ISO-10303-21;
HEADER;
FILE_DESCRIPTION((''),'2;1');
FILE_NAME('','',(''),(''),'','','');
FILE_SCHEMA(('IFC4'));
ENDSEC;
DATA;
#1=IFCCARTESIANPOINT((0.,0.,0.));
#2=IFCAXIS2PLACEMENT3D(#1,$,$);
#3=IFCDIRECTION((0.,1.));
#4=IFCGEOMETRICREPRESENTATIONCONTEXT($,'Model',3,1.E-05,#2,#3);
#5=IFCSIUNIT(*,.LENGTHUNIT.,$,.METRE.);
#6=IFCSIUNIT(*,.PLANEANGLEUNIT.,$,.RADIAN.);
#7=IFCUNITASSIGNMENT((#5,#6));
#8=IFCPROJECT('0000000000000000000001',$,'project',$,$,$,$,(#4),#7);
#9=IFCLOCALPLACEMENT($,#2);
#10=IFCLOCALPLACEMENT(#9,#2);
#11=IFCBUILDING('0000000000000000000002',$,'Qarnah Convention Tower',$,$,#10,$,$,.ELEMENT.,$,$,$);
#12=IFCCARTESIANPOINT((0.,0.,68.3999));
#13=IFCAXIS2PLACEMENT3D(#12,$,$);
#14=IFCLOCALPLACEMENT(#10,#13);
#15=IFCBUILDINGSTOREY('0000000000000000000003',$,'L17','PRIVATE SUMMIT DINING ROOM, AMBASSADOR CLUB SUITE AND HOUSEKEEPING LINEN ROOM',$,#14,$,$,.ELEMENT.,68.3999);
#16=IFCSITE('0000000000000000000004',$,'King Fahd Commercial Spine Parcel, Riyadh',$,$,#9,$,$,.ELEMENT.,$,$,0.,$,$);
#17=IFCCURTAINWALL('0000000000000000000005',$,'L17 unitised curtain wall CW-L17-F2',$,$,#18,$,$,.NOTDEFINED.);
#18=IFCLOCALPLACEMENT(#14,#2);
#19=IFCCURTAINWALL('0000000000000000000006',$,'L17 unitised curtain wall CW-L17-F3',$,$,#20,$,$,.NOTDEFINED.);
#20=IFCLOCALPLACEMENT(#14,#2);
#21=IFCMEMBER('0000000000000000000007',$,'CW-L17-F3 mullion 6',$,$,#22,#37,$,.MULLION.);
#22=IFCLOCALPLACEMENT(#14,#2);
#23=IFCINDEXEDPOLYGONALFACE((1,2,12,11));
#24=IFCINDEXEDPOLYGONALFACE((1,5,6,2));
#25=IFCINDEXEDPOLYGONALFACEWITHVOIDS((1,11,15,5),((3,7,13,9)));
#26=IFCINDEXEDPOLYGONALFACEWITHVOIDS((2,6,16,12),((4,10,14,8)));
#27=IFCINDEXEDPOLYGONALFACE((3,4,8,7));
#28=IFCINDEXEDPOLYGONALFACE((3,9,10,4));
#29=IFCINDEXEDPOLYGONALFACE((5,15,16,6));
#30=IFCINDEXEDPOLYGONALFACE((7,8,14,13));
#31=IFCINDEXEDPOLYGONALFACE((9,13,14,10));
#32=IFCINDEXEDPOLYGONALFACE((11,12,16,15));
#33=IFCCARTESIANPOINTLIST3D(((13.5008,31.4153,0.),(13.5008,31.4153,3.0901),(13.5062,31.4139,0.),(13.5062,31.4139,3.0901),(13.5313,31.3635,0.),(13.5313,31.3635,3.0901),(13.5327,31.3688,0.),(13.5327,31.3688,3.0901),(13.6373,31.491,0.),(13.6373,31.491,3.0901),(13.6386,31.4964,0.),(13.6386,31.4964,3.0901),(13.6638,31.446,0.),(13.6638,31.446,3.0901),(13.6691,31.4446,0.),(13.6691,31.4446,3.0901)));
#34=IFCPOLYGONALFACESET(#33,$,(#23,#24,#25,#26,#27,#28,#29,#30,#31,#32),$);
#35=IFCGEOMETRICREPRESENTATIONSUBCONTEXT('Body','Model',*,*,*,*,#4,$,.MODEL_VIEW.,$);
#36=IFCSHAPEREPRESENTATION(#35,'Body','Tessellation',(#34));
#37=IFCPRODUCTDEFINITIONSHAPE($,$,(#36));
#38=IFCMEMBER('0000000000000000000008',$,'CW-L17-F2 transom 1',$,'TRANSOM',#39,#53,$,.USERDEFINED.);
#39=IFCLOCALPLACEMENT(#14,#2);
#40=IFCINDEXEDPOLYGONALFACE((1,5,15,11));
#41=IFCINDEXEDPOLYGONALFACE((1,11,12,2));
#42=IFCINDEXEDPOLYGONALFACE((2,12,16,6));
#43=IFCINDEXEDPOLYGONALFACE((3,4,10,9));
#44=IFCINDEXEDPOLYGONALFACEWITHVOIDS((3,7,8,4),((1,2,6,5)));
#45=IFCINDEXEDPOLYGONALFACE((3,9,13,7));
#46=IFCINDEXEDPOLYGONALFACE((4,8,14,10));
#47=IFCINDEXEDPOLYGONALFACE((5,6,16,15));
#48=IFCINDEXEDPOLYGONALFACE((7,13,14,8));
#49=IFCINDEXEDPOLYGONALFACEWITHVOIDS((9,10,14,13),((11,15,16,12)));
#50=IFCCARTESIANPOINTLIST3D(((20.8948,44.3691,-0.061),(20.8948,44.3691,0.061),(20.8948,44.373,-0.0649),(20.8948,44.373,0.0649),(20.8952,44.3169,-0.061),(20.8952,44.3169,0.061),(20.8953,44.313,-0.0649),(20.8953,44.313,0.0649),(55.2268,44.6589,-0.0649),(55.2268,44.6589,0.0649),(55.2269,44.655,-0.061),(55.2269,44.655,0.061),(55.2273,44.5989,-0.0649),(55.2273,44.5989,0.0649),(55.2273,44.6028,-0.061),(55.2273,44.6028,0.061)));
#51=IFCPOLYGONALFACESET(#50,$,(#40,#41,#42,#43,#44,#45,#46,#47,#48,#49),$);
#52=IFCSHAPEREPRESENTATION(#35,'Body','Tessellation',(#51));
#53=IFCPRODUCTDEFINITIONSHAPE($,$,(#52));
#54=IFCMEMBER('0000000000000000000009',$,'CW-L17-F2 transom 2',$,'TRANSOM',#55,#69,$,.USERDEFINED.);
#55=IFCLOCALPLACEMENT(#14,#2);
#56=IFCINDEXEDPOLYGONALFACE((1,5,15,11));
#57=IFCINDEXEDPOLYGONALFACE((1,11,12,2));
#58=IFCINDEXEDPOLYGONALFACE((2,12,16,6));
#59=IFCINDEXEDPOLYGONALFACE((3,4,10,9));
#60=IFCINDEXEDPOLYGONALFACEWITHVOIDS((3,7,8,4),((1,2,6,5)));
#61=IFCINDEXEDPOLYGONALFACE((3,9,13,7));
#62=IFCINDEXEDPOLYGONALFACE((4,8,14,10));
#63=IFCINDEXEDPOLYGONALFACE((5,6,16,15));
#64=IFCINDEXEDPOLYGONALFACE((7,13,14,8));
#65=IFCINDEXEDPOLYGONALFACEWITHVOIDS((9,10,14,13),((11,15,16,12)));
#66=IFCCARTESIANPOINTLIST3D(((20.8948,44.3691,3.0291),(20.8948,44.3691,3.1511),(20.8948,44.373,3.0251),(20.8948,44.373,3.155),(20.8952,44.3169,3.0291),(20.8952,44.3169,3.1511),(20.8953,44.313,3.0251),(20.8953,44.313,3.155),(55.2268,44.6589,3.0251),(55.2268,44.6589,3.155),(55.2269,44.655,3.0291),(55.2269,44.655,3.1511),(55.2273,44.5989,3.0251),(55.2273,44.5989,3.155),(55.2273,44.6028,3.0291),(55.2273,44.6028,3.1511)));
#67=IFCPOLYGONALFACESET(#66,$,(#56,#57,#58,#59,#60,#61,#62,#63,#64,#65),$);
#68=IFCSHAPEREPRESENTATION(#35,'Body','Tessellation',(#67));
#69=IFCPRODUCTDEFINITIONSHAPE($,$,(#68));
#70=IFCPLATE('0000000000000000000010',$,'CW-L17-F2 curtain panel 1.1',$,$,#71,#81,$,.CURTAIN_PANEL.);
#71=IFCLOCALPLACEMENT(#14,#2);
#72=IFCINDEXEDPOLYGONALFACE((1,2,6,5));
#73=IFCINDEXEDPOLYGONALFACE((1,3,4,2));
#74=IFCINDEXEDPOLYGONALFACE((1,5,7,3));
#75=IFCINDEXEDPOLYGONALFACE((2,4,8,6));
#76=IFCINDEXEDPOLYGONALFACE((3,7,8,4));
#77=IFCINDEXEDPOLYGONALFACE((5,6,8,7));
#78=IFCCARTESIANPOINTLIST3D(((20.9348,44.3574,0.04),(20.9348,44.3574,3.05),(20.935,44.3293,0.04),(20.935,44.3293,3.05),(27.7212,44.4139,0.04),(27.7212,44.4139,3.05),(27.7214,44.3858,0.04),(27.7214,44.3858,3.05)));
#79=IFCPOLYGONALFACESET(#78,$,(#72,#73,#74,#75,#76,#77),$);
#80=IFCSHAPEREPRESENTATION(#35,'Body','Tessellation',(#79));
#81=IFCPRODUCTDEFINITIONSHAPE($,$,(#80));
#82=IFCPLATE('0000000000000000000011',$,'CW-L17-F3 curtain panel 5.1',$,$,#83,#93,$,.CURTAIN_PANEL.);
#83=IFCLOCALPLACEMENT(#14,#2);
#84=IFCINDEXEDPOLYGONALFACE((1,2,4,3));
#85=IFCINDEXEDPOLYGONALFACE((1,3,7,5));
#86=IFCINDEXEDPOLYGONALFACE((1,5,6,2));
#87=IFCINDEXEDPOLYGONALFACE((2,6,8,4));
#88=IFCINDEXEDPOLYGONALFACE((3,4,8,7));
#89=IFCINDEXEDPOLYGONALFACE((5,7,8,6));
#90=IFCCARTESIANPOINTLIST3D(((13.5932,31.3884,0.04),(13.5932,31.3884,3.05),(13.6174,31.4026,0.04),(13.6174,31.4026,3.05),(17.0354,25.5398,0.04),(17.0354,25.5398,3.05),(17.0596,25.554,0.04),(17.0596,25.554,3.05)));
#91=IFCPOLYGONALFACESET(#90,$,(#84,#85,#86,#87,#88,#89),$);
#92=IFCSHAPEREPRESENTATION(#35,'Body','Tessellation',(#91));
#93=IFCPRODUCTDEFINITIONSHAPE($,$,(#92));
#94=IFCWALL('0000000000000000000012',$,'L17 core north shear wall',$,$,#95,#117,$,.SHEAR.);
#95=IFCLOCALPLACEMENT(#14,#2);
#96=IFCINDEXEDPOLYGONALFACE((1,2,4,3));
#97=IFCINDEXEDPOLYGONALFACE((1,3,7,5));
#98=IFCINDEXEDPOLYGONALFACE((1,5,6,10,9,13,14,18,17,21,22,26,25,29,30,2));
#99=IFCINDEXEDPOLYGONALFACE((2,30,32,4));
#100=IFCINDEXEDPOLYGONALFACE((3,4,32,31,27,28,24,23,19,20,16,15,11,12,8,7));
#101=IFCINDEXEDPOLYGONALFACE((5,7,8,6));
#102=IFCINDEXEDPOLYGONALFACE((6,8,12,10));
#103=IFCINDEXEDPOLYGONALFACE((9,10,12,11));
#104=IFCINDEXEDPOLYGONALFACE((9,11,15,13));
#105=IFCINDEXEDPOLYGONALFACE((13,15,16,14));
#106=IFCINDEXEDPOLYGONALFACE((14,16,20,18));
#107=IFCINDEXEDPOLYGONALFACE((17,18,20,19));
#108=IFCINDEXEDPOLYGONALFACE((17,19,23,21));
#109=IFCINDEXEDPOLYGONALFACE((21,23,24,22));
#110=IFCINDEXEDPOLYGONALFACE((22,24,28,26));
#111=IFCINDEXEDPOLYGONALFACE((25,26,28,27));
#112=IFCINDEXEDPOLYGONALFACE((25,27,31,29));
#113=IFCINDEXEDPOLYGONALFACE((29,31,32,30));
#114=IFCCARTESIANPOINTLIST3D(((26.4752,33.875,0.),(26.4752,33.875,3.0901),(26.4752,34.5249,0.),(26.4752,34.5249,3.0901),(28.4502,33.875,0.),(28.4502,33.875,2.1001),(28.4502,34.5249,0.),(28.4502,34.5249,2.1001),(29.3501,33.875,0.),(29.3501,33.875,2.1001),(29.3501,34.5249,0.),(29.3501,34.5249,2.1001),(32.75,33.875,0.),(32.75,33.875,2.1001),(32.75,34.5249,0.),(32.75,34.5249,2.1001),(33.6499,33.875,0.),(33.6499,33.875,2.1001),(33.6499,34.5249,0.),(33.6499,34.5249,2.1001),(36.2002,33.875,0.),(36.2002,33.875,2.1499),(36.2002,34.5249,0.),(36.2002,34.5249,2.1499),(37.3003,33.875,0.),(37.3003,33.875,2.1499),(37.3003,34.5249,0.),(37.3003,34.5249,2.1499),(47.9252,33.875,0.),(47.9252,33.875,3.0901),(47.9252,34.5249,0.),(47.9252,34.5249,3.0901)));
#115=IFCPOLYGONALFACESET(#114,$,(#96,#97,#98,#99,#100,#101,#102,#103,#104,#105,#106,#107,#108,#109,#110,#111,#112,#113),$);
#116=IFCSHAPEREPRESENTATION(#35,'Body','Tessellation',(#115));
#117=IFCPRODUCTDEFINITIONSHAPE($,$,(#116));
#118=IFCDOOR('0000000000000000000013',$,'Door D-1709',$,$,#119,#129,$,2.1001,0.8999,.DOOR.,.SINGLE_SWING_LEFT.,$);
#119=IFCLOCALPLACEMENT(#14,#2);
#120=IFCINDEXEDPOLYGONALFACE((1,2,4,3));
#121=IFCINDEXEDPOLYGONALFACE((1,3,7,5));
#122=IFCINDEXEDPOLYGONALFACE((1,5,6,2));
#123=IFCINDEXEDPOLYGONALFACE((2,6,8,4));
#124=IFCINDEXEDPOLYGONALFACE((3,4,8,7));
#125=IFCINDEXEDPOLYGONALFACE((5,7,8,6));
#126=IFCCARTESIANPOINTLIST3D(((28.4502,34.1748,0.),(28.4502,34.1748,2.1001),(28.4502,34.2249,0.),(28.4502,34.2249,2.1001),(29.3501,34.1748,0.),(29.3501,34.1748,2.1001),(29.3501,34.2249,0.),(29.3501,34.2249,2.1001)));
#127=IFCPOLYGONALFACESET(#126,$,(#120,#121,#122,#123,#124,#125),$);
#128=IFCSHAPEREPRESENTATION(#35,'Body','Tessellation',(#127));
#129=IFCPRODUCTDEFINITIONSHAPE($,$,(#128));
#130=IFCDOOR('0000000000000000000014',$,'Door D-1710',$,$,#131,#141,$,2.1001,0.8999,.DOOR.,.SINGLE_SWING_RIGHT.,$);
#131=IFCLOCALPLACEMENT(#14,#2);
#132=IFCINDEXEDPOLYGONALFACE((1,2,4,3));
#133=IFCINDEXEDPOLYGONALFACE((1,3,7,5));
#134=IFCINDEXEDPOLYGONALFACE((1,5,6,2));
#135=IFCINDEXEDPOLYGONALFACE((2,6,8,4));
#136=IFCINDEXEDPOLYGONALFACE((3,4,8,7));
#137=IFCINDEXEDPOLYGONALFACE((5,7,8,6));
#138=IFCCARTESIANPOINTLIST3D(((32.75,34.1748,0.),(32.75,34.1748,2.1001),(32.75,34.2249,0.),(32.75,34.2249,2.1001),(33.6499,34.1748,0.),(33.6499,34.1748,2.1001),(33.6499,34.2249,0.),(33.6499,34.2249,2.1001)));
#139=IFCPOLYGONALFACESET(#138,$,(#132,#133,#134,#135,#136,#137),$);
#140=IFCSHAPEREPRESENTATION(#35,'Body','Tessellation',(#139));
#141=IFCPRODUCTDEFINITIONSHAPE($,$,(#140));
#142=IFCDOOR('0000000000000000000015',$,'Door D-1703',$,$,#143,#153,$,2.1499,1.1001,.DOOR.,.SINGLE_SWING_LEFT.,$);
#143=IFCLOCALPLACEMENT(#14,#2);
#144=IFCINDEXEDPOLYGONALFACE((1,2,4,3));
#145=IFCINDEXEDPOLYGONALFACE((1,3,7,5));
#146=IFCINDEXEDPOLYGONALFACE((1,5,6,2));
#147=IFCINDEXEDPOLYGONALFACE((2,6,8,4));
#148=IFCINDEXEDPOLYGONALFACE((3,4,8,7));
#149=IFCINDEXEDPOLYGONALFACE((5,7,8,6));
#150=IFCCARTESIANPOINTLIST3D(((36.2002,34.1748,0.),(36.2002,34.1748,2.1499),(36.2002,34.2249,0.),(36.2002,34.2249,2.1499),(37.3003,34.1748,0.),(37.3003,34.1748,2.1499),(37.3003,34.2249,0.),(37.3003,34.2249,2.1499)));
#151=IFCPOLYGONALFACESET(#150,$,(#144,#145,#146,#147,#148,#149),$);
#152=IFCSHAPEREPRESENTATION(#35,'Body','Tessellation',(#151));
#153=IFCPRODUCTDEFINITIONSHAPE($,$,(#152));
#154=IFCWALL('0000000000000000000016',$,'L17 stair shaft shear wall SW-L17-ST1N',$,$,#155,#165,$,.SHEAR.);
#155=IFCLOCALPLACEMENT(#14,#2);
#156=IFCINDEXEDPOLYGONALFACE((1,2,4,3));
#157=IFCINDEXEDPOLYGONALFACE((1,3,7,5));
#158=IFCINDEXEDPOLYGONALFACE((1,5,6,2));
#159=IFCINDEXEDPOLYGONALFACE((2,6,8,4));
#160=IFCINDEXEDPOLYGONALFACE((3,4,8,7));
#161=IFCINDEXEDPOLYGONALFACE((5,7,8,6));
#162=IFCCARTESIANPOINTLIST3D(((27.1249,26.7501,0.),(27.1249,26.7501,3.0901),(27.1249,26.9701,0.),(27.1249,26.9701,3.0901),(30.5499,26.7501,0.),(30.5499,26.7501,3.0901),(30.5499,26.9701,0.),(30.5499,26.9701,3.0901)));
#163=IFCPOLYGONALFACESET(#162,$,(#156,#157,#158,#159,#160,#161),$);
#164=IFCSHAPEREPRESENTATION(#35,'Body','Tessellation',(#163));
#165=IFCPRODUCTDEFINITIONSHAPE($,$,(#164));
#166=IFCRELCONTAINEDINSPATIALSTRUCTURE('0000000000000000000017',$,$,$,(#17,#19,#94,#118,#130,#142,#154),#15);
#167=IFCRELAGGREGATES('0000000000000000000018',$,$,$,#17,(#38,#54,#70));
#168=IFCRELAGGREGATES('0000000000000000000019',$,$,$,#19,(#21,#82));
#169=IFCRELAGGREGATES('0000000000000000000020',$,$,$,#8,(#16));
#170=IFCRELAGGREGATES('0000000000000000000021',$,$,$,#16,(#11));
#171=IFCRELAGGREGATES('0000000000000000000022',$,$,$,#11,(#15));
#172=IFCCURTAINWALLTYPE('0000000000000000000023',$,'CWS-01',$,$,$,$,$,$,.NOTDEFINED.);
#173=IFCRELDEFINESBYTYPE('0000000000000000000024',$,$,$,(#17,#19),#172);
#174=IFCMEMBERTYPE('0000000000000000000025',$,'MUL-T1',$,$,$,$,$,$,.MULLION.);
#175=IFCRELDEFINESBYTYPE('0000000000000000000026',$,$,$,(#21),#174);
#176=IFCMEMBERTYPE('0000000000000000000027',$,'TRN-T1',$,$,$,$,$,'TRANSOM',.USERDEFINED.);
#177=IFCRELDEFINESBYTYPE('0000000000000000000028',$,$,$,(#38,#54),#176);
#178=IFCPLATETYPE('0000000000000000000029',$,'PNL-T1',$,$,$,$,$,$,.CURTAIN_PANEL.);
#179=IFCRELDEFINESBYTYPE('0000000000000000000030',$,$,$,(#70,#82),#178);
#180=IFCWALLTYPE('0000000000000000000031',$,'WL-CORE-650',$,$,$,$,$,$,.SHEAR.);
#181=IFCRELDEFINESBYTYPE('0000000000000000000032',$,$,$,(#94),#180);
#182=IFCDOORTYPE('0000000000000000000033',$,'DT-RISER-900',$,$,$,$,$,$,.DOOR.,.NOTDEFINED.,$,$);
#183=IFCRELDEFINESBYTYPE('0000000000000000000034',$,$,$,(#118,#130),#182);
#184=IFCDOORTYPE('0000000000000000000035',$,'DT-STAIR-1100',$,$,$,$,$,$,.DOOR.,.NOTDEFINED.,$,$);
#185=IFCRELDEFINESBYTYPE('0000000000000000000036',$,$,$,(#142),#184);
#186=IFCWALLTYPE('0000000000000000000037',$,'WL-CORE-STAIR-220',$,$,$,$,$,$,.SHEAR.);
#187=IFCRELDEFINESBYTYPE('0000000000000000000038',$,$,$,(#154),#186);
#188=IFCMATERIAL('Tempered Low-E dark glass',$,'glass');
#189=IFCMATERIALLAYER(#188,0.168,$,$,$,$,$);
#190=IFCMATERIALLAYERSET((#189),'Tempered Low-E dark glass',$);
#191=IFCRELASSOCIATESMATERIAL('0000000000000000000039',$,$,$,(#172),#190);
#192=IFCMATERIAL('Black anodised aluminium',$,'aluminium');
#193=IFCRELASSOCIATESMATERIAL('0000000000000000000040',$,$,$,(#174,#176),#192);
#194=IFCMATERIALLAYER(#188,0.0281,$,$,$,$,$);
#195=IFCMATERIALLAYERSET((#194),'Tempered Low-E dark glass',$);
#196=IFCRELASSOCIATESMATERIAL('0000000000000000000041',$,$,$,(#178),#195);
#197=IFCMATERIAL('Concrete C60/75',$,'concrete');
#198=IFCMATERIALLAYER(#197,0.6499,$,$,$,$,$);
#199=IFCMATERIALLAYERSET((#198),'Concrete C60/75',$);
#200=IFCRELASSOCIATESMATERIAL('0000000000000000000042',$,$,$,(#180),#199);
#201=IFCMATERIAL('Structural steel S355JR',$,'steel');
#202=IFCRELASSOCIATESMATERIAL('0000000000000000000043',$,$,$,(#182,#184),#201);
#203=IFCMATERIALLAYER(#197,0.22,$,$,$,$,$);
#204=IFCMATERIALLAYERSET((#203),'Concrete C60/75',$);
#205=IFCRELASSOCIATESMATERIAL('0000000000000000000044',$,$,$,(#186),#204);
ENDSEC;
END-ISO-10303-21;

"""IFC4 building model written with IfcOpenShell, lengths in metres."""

from ifc_helpers import new_model, si_unit, direction, frame, frame_2d, origin, origin_2d, place, context, subcontext, project, spatial, rectangle, hollow_rectangle, extrude, material, layer, layer_set, material_profile, profile_set, type_object, element, fill, aggregate, save


model = new_model("IFC4")

# Units and contexts
model_context = context("Model", 3, precision=1e-05, world=origin(), true_north=direction((0.0, 1.0)))
body_context = subcontext(model_context, "Body", "Model", "MODEL_VIEW")
ifc_project = project(units=[si_unit("LENGTHUNIT", "METRE"), si_unit("PLANEANGLEUNIT", "RADIAN")], contexts=[model_context])

# Site, building, storey
site_placement = place(None, origin())
site = spatial("IfcSite", under=ifc_project, at=site_placement, Name="King Fahd Commercial Spine Parcel, Riyadh", CompositionType="ELEMENT", RefElevation=0.0)
building_placement = place(site_placement, origin())
building = spatial("IfcBuilding", under=site, at=building_placement, Name="Qarnah Convention Tower", CompositionType="ELEMENT")
storey_placement = place(building_placement, frame((0.0, 0.0, 68.3999)))
storey = spatial("IfcBuildingStorey", under=building, at=storey_placement, Name="L17", Description="PRIVATE SUMMIT DINING ROOM, AMBASSADOR CLUB SUITE AND HOUSEKEEPING LINEN ROOM", CompositionType="ELEMENT", Elevation=68.3999)

# Shared definitions
ifc_material_1 = material(Name="Concrete C60/75", Category="concrete")

# Shared definitions
ifc_material_2 = material(Name="Structural steel S355JR", Category="steel")

# Curtain wall
ifc_material_3 = material(Name="Tempered Low-E dark glass", Category="glass")
ifc_layer_1 = layer(ifc_material_3, 0.168)
ifc_layer_set_1 = layer_set([ifc_layer_1], Name="Tempered Low-E dark glass")
curtain_wall_type = type_object("IfcCurtainWallType", Name="CWS-01", PredefinedType="NOTDEFINED", material=ifc_layer_set_1)
curtain_wall_1_placement = place(storey_placement, origin())
curtain_wall_1 = element("IfcCurtainWall", 1, at=curtain_wall_1_placement, inside=storey, type_object=curtain_wall_type, Name="L17 unitised curtain wall CW-L17-F2", PredefinedType="NOTDEFINED")
ifc_material_4 = material(Name="Black anodised aluminium", Category="aluminium")
ifc_material_profile_1 = material_profile(ifc_material_4, hollow_rectangle(XDim=0.0601, YDim=0.1599, WallThickness=0.0039, at=origin_2d()), Name="MUL-60X160")
ifc_profile_set_1 = profile_set([ifc_material_profile_1], Name="Black anodised aluminium")
member_type_1 = type_object("IfcMemberType", Name="MUL-T1", PredefinedType="MULLION", material=ifc_profile_set_1)

# Curtain wall, member
curtain_wall_2_placement = place(storey_placement, origin())
curtain_wall_2 = element("IfcCurtainWall", 2, at=curtain_wall_2_placement, inside=storey, type_object=curtain_wall_type, Name="L17 unitised curtain wall CW-L17-F3", PredefinedType="NOTDEFINED")
member_1_placement = place(storey_placement, frame((13.585, 31.4299, 0.0), z_axis=(0.0, 0.0, 1.0), x_axis=(-0.507221, 0.861816, 0.0)))
member_1 = element("IfcMember", 3, at=member_1_placement, type_object=member_type_1, Name="CW-L17-F3 mullion 6", PredefinedType="MULLION", context=body_context, shape_type="SweptSolid", body=[
    extrude(hollow_rectangle(XDim=0.0601, YDim=0.1599, WallThickness=0.0039, at=origin_2d()), origin(), (0.0, 0.0, 1.0), 3.0901),
])

# Members
ifc_material_profile_2 = material_profile(ifc_material_4, hollow_rectangle(XDim=0.0601, YDim=0.1299, WallThickness=0.0039, at=origin_2d()), Name="TRN-60X130")
ifc_profile_set_2 = profile_set([ifc_material_profile_2], Name="Black anodised aluminium")
member_type_2 = type_object("IfcMemberType", Name="TRN-T1", ElementType="TRANSOM", PredefinedType="USERDEFINED", material=ifc_profile_set_2)
member_2_placement = place(storey_placement, frame((20.895, 44.343, 0.0), z_axis=(0.999965, 0.008327, 0.0), x_axis=(-0.008327, 0.999965, 0.0)))
member_2 = element("IfcMember", 4, at=member_2_placement, type_object=member_type_2, Name="CW-L17-F2 transom 1", ObjectType="TRANSOM", PredefinedType="USERDEFINED", context=body_context, shape_type="SweptSolid", body=[
    extrude(hollow_rectangle(XDim=0.0601, YDim=0.1299, WallThickness=0.0039, at=origin_2d()), origin(), (0.0, 0.0, 1.0), 34.3333),
])
member_3_placement = place(storey_placement, frame((20.895, 44.343, 3.0901), z_axis=(0.999965, 0.008327, 0.0), x_axis=(-0.008327, 0.999965, 0.0)))
member_3 = element("IfcMember", 5, at=member_3_placement, type_object=member_type_2, Name="CW-L17-F2 transom 2", ObjectType="TRANSOM", PredefinedType="USERDEFINED", context=body_context, shape_type="SweptSolid", body=[
    extrude(hollow_rectangle(XDim=0.0601, YDim=0.1299, WallThickness=0.0039, at=origin_2d()), origin(), (0.0, 0.0, 1.0), 34.3333),
])

# Plates
ifc_layer_2 = layer(ifc_material_3, 0.0281)
ifc_layer_set_2 = layer_set([ifc_layer_2], Name="Tempered Low-E dark glass")
plate_type = type_object("IfcPlateType", Name="PNL-T1", PredefinedType="CURTAIN_PANEL", material=ifc_layer_set_2)
plate_1_placement = place(storey_placement, frame((24.3281, 44.3716, 0.04), z_axis=(0.0, 0.0, 1.0), x_axis=(0.999965, 0.00833, 0.0)))
plate_1 = element("IfcPlate", 6, at=plate_1_placement, type_object=plate_type, Name="CW-L17-F2 curtain panel 1.1", PredefinedType="CURTAIN_PANEL", context=body_context, shape_type="SweptSolid", body=[
    extrude(rectangle(XDim=6.7866, YDim=0.0281, at=origin_2d()), origin(), (0.0, 0.0, 1.0), 3.01),
])
aggregate(curtain_wall_1, [member_2, member_3, plate_1])
plate_2_placement = place(storey_placement, frame((15.3264, 28.4712, 0.04), z_axis=(0.0, 0.0, 1.0), x_axis=(-0.507221, 0.861816, 0.0)))
plate_2 = element("IfcPlate", 7, at=plate_2_placement, type_object=plate_type, Name="CW-L17-F3 curtain panel 5.1", PredefinedType="CURTAIN_PANEL", context=body_context, shape_type="SweptSolid", body=[
    extrude(rectangle(XDim=6.7864, YDim=0.0281, at=origin_2d()), origin(), (0.0, 0.0, 1.0), 3.01),
])
aggregate(curtain_wall_2, [member_1, plate_2])

# Wall, openings, doors
ifc_layer_3 = layer(ifc_material_1, 0.6499)
ifc_layer_set_3 = layer_set([ifc_layer_3], Name="Concrete C60/75")
wall_type_1 = type_object("IfcWallType", Name="WL-CORE-650", PredefinedType="SHEAR", material=ifc_layer_set_3)
wall_1_placement = place(storey_placement, frame((26.4751, 34.2, 0.0), z_axis=(0.0, 0.0, 1.0), x_axis=(1.0, 0.0, 0.0)))
wall_1 = element("IfcWall", 8, at=wall_1_placement, inside=storey, type_object=wall_type_1, Name="L17 core north shear wall", PredefinedType="SHEAR", context=body_context, shape_type="SweptSolid", body=[
    extrude(rectangle(XDim=21.45, YDim=0.6499, at=frame_2d((10.7251, 0.0))), origin(), (0.0, 0.0, 1.0), 3.0901),
])
opening_1_placement = place(wall_1_placement, frame((9.7251, 0.0, 0.0)))
opening_1 = element("IfcOpeningElement", 9, at=opening_1_placement, cuts=wall_1, PredefinedType="OPENING", context=body_context, shape_type="SweptSolid", body=[
    extrude(rectangle(XDim=1.1001, YDim=2.1499, at=frame_2d((0.55, 1.075))), frame((0.0, 0.335, 0.0), z_axis=(0.0, -1.0, 0.0), x_axis=(1.0, 0.0, 0.0)), (0.0, 0.0, 1.0), 0.6699),
])
opening_2_placement = place(wall_1_placement, frame((1.9751, 0.0, 0.0)))
opening_2 = element("IfcOpeningElement", 10, at=opening_2_placement, cuts=wall_1, PredefinedType="OPENING", context=body_context, shape_type="SweptSolid", body=[
    extrude(rectangle(XDim=0.8999, YDim=2.1001, at=frame_2d((0.45, 1.05))), frame((0.0, 0.335, 0.0), z_axis=(0.0, -1.0, 0.0), x_axis=(1.0, 0.0, 0.0)), (0.0, 0.0, 1.0), 0.6699),
])
opening_3_placement = place(wall_1_placement, frame((6.2749, 0.0, 0.0)))
opening_3 = element("IfcOpeningElement", 11, at=opening_3_placement, cuts=wall_1, PredefinedType="OPENING", context=body_context, shape_type="SweptSolid", body=[
    extrude(rectangle(XDim=0.8999, YDim=2.1001, at=frame_2d((0.45, 1.05))), frame((0.0, 0.335, 0.0), z_axis=(0.0, -1.0, 0.0), x_axis=(1.0, 0.0, 0.0)), (0.0, 0.0, 1.0), 0.6699),
])
door_type_1 = type_object("IfcDoorType", Name="DT-RISER-900", OperationType="NOTDEFINED", PredefinedType="DOOR", material=ifc_material_2)
door_1_placement = place(opening_2_placement, origin())
door_1 = element("IfcDoor", 12, at=door_1_placement, inside=storey, type_object=door_type_1, Name="Door D-1709", OperationType="SINGLE_SWING_LEFT", OverallHeight=2.1001, OverallWidth=0.8999, PredefinedType="DOOR", context=body_context, shape_type="SweptSolid", body=[
    extrude(rectangle(XDim=0.8999, YDim=2.1001, at=frame_2d((0.45, 1.05))), frame((0.0, 0.0249, 0.0), z_axis=(0.0, -1.0, 0.0), x_axis=(1.0, 0.0, 0.0)), (0.0, 0.0, 1.0), 0.05),
])
fill(opening_2, door_1)
door_2_placement = place(opening_3_placement, origin())
door_2 = element("IfcDoor", 13, at=door_2_placement, inside=storey, type_object=door_type_1, Name="Door D-1710", OperationType="SINGLE_SWING_RIGHT", OverallHeight=2.1001, OverallWidth=0.8999, PredefinedType="DOOR", context=body_context, shape_type="SweptSolid", body=[
    extrude(rectangle(XDim=0.8999, YDim=2.1001, at=frame_2d((0.45, 1.05))), frame((0.0, 0.0249, 0.0), z_axis=(0.0, -1.0, 0.0), x_axis=(1.0, 0.0, 0.0)), (0.0, 0.0, 1.0), 0.05),
])
fill(opening_3, door_2)
door_type_2 = type_object("IfcDoorType", Name="DT-STAIR-1100", OperationType="NOTDEFINED", PredefinedType="DOOR", material=ifc_material_2)
door_3_placement = place(opening_1_placement, origin())
door_3 = element("IfcDoor", 14, at=door_3_placement, inside=storey, type_object=door_type_2, Name="Door D-1703", OperationType="SINGLE_SWING_LEFT", OverallHeight=2.1499, OverallWidth=1.1001, PredefinedType="DOOR", context=body_context, shape_type="SweptSolid", body=[
    extrude(rectangle(XDim=1.1001, YDim=2.1499, at=frame_2d((0.55, 1.075))), frame((0.0, 0.0249, 0.0), z_axis=(0.0, -1.0, 0.0), x_axis=(1.0, 0.0, 0.0)), (0.0, 0.0, 1.0), 0.05),
])
fill(opening_1, door_3)

# Wall
ifc_layer_4 = layer(ifc_material_1, 0.22)
ifc_layer_set_4 = layer_set([ifc_layer_4], Name="Concrete C60/75")
wall_type_2 = type_object("IfcWallType", Name="WL-CORE-STAIR-220", PredefinedType="SHEAR", material=ifc_layer_set_4)
wall_2_placement = place(storey_placement, frame((27.125, 26.8601, 0.0), z_axis=(0.0, 0.0, 1.0), x_axis=(1.0, 0.0, 0.0)))
element("IfcWall", 15, at=wall_2_placement, inside=storey, type_object=wall_type_2, Name="L17 stair shaft shear wall SW-L17-ST1N", PredefinedType="SHEAR", context=body_context, shape_type="SweptSolid", body=[
    extrude(rectangle(XDim=3.425, YDim=0.22, at=frame_2d((1.7124, 0.0))), origin(), (0.0, 0.0, 1.0), 3.0901),
])

save(model, "model.ifc")
